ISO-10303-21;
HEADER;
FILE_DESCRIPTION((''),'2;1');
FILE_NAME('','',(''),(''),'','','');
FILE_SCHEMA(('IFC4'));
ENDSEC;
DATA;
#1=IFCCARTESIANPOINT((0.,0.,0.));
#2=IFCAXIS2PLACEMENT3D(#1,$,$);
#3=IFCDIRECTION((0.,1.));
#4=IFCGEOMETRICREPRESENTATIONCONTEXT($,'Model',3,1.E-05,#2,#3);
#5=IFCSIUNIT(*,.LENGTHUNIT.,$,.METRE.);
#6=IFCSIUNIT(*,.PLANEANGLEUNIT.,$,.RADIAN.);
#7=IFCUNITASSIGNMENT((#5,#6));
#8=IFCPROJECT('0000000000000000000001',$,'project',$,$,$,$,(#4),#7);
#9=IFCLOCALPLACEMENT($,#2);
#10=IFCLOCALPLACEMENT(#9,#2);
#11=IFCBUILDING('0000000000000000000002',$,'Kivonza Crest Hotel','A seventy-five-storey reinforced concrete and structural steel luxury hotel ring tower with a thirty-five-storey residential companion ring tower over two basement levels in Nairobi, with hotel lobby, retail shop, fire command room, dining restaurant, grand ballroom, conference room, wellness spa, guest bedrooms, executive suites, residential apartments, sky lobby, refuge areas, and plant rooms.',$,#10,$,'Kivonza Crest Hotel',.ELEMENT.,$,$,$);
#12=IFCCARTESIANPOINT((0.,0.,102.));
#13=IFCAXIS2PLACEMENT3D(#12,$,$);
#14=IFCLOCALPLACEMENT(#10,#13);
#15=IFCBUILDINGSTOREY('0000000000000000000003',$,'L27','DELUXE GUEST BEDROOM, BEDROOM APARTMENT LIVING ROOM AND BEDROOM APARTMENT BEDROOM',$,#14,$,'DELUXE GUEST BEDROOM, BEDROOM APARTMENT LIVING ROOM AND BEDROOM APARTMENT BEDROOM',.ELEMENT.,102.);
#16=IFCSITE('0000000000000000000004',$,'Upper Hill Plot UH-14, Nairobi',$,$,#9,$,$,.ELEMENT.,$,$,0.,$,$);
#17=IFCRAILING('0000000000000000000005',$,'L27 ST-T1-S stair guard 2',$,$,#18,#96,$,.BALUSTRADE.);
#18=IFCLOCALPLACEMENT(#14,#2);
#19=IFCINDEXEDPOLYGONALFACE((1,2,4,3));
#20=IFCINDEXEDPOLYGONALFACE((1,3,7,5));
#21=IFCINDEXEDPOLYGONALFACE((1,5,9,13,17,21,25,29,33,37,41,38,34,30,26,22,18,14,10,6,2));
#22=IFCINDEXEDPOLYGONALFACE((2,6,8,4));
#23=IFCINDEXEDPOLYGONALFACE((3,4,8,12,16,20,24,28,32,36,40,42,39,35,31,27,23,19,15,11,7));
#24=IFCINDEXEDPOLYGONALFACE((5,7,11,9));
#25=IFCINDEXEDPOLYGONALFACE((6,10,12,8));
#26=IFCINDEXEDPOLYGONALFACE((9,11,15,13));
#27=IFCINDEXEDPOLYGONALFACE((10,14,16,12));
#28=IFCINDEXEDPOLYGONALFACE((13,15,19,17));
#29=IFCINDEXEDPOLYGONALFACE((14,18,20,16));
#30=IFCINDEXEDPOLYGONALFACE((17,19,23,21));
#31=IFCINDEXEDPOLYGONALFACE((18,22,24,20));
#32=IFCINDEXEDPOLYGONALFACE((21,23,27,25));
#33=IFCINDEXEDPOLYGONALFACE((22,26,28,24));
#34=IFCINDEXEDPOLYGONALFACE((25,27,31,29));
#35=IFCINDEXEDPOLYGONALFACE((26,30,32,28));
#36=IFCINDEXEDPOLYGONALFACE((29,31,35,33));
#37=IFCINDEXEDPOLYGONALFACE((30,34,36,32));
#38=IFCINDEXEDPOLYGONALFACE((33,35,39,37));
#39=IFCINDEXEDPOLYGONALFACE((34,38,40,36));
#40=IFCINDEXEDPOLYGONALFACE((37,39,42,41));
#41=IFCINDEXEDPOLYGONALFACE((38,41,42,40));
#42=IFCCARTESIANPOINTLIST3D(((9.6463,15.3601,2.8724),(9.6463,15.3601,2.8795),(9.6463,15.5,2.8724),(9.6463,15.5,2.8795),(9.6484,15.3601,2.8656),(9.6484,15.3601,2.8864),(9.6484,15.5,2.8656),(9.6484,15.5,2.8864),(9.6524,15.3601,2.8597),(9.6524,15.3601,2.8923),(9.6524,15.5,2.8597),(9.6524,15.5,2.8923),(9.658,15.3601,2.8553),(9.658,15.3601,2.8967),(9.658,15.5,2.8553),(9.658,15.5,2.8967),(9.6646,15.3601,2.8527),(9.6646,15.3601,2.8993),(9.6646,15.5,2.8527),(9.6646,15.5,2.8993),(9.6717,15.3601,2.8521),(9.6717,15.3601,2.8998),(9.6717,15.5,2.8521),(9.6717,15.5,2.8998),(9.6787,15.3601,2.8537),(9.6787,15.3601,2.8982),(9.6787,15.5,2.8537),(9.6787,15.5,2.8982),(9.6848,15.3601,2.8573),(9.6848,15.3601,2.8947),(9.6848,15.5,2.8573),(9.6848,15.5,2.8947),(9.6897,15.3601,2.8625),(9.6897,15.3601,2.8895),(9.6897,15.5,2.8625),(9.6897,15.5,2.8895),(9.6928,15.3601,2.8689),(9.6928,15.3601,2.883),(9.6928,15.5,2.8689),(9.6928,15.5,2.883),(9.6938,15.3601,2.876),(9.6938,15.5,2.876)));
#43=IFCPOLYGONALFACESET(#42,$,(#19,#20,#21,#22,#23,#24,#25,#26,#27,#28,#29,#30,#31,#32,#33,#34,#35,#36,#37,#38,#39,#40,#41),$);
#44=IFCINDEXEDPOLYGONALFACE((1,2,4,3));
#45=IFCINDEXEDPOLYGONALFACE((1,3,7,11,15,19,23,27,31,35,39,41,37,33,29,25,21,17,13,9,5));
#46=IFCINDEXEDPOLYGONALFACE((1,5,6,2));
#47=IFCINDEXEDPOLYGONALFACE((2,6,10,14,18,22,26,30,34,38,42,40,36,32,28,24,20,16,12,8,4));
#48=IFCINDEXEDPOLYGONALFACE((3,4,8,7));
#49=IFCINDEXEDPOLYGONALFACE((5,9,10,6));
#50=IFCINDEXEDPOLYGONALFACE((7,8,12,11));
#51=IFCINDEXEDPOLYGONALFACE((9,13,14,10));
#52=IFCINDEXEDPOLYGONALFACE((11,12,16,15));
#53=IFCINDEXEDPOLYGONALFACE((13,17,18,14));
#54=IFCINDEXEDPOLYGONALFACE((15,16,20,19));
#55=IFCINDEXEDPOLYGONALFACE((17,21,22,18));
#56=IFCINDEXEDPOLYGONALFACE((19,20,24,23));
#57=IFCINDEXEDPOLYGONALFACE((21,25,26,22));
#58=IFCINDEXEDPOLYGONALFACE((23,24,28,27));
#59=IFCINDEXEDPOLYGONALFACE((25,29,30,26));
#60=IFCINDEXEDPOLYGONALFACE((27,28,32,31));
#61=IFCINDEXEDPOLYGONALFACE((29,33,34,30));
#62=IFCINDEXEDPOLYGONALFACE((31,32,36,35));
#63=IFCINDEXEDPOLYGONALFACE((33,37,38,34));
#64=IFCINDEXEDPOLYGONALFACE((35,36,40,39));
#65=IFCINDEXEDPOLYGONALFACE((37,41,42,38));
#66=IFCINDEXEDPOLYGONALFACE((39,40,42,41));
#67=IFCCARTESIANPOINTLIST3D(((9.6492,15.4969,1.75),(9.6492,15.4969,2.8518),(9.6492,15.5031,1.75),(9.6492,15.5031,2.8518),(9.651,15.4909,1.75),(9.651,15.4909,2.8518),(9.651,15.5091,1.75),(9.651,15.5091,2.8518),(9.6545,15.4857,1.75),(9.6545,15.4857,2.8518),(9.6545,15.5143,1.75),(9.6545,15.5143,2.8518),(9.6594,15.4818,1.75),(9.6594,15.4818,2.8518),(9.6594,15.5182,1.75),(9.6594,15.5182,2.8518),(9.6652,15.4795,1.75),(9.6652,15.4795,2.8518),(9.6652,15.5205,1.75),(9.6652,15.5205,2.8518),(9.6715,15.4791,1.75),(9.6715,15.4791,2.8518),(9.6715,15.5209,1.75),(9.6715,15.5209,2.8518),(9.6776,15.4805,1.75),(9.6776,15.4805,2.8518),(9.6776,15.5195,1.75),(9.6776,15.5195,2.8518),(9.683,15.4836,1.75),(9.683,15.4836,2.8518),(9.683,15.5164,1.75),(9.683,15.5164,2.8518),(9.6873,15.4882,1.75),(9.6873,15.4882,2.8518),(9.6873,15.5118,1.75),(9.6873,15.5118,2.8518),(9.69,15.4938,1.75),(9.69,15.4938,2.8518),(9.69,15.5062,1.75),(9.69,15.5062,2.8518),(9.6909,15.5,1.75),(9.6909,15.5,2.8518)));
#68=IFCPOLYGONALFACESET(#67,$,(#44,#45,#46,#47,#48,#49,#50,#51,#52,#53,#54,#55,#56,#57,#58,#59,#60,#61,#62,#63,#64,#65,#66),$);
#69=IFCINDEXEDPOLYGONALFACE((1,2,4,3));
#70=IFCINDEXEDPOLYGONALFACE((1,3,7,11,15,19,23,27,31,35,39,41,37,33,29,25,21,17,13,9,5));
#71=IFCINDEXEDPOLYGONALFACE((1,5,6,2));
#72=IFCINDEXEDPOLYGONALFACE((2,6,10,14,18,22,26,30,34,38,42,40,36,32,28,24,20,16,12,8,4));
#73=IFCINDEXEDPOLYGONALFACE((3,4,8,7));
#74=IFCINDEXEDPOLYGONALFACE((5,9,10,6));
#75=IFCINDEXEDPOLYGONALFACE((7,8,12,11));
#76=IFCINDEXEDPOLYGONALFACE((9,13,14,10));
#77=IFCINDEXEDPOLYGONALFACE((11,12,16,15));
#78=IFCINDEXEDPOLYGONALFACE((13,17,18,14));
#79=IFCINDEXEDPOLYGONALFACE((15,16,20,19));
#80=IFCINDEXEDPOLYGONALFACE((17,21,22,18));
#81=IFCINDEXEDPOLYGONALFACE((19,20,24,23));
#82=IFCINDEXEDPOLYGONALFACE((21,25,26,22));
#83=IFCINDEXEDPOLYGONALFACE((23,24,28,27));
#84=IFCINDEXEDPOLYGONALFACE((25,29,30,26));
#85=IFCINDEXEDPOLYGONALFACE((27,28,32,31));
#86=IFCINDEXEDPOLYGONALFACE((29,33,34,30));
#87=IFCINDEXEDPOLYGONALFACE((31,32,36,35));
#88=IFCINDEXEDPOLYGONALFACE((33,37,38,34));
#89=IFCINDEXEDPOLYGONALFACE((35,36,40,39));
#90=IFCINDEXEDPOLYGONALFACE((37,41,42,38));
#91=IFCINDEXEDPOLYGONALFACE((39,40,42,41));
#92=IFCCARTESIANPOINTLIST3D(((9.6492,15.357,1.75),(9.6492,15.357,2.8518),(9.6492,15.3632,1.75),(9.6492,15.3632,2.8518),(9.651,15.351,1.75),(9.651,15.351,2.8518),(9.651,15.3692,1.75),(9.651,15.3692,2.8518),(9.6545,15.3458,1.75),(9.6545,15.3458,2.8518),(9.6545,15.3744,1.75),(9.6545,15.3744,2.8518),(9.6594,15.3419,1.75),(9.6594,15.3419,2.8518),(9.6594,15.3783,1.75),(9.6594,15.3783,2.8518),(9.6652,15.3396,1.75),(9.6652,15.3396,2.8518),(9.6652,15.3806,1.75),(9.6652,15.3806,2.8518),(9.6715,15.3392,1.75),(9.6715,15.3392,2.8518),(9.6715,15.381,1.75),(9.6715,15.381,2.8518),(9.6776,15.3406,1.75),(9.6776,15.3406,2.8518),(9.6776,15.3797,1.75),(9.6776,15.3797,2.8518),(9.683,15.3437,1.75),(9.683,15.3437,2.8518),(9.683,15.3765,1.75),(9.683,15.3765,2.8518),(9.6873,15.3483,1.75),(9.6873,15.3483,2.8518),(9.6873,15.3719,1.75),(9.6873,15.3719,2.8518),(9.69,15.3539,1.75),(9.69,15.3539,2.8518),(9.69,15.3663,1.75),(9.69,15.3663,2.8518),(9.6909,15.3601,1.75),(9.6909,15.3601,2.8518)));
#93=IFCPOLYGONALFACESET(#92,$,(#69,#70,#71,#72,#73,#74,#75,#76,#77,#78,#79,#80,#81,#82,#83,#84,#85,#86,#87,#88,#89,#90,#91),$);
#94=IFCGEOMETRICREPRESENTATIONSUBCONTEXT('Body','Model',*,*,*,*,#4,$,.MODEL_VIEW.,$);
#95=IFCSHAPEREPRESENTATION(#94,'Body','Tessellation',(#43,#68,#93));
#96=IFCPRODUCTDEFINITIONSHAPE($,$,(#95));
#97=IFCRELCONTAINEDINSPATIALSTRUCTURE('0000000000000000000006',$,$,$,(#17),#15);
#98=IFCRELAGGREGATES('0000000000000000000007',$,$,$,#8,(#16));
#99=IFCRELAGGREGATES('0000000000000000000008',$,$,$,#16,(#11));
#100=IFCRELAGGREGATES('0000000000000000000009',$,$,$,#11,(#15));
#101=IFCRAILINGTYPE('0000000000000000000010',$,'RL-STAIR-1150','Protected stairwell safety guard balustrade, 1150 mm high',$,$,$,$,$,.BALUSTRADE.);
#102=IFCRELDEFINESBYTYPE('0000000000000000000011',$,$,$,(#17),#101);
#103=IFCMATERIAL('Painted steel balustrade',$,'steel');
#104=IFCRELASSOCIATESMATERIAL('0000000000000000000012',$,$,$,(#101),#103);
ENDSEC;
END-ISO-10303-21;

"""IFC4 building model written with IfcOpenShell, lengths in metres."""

from ifc_helpers import new_model, si_unit, direction, frame, origin, origin_2d, place, context, subcontext, project, spatial, circle, extrude, material, type_object, element, save


model = new_model("IFC4")

# Units and contexts
model_context = context("Model", 3, precision=1e-05, world=origin(), true_north=direction((0.0, 1.0)))
body_context = subcontext(model_context, "Body", "Model", "MODEL_VIEW")
ifc_project = project(units=[si_unit("LENGTHUNIT", "METRE"), si_unit("PLANEANGLEUNIT", "RADIAN")], contexts=[model_context])

# Site, building, storey
site_placement = place(None, origin())
site = spatial("IfcSite", under=ifc_project, at=site_placement, Name="Upper Hill Plot UH-14, Nairobi", CompositionType="ELEMENT", RefElevation=0.0)
building_placement = place(site_placement, origin())
building = spatial("IfcBuilding", under=site, at=building_placement, Name="Kivonza Crest Hotel", Description="A seventy-five-storey reinforced concrete and structural steel luxury hotel ring tower with a thirty-five-storey residential companion ring tower over two basement levels in Nairobi, with hotel lobby, retail shop, fire command room, dining restaurant, grand ballroom, conference room, wellness spa, guest bedrooms, executive suites, residential apartments, sky lobby, refuge areas, and plant rooms.", LongName="Kivonza Crest Hotel", CompositionType="ELEMENT")
storey_placement = place(building_placement, frame((0.0, 0.0, 102.0)))
storey = spatial("IfcBuildingStorey", under=building, at=storey_placement, Name="L27", Description="DELUXE GUEST BEDROOM, BEDROOM APARTMENT LIVING ROOM AND BEDROOM APARTMENT BEDROOM", LongName="DELUXE GUEST BEDROOM, BEDROOM APARTMENT LIVING ROOM AND BEDROOM APARTMENT BEDROOM", CompositionType="ELEMENT", Elevation=102.0)

# Railing
ifc_material_1 = material(Name="Painted steel balustrade", Category="steel")
railing_type_1 = type_object("IfcRailingType", Name="RL-STAIR-1150", Description="Protected stairwell safety guard balustrade, 1150 mm high", PredefinedType="BALUSTRADE", material=ifc_material_1)
railing_1_placement = place(storey_placement, frame((9.6699, 15.5, 1.75)))
element("IfcRailing", 1, at=railing_1_placement, inside=storey, type_object=railing_type_1, Name="L27 ST-T1-S stair guard 2", PredefinedType="BALUSTRADE", context=body_context, shape_type="SweptSolid", body=[
    extrude(circle(Radius=0.0239, at=origin_2d()), frame((0.0, 0.0, 1.126), z_axis=(0.0, -1.0, 0.0), x_axis=(1.0, 0.0, 0.0)), (0.0, 0.0, 1.0), 0.1399),
    extrude(circle(Radius=0.021, at=origin_2d()), origin(), (0.0, 0.0, 1.0), 1.1018),
    extrude(circle(Radius=0.021, at=origin_2d()), frame((0.0, -0.1399, 0.0)), (0.0, 0.0, 1.0), 1.1018),
])

save(model, "model.ifc")
